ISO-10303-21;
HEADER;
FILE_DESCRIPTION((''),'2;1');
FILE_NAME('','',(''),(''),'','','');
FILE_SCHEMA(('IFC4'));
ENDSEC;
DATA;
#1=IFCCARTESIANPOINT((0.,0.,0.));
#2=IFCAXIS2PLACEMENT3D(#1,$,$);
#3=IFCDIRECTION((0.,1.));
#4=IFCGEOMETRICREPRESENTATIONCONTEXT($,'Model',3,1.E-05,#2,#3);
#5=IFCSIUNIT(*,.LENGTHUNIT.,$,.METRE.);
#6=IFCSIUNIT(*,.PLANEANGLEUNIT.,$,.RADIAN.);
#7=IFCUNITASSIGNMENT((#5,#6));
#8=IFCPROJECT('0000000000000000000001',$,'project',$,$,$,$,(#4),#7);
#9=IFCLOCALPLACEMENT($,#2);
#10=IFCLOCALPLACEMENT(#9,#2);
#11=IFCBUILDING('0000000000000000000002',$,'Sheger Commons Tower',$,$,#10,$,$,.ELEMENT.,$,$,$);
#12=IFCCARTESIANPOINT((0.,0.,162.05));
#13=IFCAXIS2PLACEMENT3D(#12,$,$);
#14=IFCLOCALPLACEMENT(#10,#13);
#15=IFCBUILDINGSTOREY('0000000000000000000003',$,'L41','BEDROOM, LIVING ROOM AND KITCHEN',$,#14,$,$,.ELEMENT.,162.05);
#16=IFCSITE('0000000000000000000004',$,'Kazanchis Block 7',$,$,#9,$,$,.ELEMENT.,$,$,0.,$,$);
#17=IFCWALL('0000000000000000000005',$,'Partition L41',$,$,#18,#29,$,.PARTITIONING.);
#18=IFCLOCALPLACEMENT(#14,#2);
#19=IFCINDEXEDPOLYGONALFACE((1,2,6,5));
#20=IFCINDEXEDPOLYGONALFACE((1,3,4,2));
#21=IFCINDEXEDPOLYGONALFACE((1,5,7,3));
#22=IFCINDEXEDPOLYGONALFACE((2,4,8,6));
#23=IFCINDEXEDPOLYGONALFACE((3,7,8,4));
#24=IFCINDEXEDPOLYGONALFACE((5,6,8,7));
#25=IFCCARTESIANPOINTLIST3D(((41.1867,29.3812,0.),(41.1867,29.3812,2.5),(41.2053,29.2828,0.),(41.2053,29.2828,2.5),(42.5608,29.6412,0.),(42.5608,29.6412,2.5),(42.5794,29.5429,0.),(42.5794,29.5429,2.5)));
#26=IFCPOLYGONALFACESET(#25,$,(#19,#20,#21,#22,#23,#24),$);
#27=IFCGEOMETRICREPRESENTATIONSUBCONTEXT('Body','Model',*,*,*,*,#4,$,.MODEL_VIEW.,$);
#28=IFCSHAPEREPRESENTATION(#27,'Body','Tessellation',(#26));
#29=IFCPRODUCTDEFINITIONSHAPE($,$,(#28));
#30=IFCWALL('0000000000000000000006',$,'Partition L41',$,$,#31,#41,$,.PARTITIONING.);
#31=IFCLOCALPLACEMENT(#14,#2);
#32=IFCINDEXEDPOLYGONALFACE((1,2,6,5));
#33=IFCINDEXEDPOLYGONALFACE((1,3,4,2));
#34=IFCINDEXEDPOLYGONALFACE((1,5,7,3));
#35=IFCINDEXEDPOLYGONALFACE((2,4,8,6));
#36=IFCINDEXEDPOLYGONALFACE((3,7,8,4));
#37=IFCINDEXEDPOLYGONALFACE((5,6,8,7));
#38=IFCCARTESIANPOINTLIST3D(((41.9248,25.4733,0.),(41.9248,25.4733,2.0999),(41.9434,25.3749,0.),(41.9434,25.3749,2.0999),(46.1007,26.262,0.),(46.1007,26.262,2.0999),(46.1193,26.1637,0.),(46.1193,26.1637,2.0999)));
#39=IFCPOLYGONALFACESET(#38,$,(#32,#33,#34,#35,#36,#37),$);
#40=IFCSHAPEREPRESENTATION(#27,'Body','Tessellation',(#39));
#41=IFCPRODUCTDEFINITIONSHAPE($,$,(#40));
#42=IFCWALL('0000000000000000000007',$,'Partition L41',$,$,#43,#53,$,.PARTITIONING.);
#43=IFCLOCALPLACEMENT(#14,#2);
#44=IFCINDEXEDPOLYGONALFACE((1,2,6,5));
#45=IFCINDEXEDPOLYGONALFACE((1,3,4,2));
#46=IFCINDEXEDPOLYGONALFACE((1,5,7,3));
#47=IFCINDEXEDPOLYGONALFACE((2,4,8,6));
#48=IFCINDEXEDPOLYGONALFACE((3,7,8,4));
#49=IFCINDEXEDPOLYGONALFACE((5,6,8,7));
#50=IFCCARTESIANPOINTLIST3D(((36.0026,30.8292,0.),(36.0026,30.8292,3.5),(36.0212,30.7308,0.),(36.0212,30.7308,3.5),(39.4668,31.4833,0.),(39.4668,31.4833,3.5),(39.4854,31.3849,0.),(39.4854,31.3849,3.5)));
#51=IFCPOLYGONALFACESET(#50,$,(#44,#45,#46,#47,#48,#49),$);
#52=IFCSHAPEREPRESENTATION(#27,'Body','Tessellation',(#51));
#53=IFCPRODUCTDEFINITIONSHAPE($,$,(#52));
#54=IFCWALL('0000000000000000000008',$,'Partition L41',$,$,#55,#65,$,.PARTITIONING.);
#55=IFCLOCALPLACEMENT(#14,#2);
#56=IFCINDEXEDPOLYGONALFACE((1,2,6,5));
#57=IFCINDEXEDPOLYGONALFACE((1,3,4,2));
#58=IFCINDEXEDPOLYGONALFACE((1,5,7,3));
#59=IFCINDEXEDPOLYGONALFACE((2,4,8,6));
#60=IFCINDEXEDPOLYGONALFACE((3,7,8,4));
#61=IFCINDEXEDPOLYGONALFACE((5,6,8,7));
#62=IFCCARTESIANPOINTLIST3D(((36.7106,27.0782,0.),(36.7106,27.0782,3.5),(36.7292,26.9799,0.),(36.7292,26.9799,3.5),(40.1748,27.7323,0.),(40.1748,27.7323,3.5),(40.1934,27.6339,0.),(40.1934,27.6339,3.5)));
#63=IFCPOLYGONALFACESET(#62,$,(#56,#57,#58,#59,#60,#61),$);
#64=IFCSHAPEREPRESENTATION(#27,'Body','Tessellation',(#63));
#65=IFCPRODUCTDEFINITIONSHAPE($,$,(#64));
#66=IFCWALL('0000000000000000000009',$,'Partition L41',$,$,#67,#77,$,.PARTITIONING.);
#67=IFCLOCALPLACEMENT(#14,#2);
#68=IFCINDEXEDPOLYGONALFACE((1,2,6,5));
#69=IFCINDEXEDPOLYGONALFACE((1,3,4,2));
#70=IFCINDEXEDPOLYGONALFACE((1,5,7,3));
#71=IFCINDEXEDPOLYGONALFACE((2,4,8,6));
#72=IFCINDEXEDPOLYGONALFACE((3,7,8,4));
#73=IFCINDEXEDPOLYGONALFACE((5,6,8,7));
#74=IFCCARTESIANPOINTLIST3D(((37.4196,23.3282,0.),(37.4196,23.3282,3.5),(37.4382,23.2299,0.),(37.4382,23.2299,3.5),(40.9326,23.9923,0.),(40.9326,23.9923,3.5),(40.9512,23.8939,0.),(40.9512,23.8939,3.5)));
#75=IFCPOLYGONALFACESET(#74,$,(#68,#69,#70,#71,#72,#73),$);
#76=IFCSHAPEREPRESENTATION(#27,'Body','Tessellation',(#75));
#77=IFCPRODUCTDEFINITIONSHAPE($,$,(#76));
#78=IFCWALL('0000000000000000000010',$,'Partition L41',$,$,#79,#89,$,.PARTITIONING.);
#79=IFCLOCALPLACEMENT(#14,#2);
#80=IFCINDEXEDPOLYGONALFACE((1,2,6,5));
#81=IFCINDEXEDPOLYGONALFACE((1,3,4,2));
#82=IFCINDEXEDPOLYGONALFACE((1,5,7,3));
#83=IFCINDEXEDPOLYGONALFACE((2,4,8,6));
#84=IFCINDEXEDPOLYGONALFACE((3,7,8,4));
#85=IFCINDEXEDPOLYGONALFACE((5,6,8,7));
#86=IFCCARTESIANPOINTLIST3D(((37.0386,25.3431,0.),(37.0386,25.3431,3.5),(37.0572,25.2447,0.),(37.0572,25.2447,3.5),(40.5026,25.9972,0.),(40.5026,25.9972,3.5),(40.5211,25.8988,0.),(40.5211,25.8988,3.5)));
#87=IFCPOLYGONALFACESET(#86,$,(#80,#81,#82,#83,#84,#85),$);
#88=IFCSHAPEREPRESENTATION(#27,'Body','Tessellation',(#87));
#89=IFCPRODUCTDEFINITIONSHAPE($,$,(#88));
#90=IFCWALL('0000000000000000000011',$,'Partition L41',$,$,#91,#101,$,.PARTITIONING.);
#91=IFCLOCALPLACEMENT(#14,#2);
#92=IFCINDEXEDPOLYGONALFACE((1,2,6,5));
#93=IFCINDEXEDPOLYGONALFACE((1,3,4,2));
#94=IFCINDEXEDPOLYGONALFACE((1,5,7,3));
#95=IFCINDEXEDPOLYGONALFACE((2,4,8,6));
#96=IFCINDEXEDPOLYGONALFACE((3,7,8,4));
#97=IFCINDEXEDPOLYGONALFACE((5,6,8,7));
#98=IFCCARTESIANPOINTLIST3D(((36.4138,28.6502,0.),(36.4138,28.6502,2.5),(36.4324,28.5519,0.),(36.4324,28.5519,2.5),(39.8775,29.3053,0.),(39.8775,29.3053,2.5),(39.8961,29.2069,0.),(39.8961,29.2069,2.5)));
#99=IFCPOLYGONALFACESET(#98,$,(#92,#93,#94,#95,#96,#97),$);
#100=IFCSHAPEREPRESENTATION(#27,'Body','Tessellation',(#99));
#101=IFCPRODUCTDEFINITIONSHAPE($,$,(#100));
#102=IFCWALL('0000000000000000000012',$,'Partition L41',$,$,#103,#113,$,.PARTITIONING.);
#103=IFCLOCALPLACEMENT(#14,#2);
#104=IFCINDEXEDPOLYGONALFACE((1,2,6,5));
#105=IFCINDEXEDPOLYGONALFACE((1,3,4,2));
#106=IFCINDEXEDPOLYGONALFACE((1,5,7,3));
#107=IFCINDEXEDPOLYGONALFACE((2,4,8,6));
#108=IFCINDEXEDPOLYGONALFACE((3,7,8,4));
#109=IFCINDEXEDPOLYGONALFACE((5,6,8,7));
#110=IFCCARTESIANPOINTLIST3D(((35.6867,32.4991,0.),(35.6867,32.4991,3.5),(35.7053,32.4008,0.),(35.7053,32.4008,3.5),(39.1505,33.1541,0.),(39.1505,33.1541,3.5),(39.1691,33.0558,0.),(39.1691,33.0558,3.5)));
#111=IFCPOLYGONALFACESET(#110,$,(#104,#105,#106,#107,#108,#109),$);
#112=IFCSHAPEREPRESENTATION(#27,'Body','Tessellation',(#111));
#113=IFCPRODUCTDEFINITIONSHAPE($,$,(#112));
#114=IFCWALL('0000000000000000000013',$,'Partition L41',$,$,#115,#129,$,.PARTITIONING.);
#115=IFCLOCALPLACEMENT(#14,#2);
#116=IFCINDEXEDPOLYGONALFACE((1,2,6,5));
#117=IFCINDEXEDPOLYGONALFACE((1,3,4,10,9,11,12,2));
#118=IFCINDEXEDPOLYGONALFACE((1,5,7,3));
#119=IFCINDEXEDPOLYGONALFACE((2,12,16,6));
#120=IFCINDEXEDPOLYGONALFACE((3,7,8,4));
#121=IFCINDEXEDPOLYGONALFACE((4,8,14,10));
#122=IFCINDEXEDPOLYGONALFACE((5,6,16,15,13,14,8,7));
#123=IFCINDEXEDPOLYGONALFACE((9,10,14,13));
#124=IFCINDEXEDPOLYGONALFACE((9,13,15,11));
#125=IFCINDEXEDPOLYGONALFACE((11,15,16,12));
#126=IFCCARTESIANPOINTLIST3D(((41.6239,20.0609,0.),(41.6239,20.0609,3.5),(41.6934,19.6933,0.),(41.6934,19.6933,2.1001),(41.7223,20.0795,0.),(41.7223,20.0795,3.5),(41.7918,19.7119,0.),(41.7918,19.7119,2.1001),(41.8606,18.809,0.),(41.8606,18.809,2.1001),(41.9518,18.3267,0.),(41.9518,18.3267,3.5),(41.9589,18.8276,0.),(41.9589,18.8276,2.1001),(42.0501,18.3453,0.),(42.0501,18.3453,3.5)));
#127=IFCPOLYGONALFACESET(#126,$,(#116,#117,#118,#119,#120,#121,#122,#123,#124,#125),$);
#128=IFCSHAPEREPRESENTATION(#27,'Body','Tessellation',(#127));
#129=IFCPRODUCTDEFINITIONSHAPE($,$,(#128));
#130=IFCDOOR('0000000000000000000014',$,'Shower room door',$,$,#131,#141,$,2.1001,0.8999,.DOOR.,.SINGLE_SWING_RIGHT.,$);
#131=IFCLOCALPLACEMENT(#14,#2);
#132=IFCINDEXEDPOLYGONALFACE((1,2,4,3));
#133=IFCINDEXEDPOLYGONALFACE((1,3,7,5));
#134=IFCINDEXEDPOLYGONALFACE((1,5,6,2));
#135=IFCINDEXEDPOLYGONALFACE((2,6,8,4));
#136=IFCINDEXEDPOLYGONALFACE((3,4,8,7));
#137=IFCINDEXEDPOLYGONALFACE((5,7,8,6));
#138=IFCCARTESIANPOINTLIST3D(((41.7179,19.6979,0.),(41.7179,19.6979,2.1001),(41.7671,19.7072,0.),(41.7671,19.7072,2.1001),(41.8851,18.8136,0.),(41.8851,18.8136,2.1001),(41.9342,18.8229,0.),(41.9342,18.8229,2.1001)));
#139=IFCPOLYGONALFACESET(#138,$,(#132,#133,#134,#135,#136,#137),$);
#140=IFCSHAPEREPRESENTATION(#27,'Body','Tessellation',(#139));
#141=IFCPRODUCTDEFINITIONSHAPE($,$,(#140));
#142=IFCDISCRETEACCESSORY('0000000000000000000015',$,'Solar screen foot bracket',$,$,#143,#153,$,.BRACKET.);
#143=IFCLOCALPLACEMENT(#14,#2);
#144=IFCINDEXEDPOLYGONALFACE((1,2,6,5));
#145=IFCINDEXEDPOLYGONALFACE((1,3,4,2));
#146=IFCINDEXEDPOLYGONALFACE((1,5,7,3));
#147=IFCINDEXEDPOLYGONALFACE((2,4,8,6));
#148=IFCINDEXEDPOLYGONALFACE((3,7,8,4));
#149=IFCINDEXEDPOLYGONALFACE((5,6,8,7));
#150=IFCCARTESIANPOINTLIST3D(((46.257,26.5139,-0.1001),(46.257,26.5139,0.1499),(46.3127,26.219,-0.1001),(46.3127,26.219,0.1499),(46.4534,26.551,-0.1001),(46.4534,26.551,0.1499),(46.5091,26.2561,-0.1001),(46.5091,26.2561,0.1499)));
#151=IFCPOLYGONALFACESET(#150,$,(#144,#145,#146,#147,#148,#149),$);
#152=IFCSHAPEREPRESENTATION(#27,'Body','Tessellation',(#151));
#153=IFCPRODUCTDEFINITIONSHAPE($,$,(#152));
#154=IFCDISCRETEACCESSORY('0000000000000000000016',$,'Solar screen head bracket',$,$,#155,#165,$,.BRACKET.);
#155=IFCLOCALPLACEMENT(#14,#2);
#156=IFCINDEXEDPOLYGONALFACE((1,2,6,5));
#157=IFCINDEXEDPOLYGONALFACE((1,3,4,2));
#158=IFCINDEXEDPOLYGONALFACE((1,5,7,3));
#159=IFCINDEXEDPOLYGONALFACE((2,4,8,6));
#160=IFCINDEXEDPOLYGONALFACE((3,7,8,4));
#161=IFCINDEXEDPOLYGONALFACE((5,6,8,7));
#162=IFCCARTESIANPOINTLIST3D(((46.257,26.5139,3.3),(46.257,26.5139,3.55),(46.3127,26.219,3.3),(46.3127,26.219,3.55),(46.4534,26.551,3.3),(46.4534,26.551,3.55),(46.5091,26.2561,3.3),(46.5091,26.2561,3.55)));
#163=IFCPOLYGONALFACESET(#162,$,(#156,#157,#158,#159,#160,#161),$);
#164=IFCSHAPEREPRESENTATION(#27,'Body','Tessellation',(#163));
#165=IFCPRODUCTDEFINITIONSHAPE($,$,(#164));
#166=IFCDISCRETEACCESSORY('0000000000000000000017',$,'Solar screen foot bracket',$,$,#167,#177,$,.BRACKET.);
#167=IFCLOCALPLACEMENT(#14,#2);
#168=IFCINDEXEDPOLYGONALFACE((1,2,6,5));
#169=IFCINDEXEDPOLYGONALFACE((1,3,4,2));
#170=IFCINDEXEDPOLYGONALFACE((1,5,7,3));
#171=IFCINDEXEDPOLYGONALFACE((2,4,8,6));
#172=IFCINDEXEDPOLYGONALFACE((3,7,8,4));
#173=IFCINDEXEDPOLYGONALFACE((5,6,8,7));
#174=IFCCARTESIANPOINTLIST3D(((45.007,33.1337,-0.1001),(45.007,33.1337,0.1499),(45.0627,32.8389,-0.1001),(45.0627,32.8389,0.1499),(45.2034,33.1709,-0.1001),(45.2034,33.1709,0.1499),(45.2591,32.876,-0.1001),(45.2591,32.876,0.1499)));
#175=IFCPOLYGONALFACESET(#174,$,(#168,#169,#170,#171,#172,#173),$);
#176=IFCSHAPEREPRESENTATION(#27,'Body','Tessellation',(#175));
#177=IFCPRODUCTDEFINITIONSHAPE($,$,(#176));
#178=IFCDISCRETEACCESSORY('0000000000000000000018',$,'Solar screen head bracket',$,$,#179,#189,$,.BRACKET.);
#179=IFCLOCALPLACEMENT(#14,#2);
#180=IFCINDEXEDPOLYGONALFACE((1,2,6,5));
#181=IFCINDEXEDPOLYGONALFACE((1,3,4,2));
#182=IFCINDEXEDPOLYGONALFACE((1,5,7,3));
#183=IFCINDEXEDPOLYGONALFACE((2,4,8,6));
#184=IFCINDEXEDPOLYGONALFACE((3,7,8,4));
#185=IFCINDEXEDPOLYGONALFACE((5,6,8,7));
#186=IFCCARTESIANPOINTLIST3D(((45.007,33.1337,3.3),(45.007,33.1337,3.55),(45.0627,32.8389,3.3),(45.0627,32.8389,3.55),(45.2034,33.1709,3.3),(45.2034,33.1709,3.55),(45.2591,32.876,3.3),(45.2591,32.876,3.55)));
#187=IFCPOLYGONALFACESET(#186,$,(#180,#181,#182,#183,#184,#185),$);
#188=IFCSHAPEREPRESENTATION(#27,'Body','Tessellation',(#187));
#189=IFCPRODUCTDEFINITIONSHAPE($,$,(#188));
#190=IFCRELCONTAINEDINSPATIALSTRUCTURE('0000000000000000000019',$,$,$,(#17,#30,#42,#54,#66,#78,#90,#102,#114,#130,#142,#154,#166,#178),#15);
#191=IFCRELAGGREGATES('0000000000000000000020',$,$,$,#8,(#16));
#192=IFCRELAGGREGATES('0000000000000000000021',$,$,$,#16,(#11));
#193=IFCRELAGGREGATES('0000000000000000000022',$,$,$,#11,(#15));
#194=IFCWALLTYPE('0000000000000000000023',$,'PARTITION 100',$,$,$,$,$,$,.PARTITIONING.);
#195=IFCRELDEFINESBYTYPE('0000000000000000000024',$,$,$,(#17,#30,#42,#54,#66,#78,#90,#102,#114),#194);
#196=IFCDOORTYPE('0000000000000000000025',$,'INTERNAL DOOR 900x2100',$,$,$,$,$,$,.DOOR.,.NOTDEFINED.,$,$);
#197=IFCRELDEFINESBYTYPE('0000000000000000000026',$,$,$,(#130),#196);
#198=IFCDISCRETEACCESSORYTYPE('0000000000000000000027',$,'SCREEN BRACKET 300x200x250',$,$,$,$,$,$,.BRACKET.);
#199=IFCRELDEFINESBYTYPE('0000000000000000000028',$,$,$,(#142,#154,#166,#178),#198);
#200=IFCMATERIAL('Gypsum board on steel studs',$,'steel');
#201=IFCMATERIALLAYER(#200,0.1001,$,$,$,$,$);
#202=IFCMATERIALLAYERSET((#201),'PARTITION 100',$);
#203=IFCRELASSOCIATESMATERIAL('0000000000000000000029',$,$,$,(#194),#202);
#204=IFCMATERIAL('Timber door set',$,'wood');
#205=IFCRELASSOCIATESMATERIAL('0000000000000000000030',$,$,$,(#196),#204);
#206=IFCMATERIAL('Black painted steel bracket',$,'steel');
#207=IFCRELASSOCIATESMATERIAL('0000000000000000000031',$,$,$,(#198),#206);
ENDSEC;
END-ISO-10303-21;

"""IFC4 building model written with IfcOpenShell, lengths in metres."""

from ifc_helpers import new_model, si_unit, direction, frame, frame_2d, origin, origin_2d, place, context, subcontext, project, spatial, rectangle, extrude, material, layer, layer_set, type_object, element, fill, save


model = new_model("IFC4")

# Units and contexts
model_context = context("Model", 3, precision=1e-05, world=origin(), true_north=direction((0.0, 1.0)))
body_context = subcontext(model_context, "Body", "Model", "MODEL_VIEW")
ifc_project = project(units=[si_unit("LENGTHUNIT", "METRE"), si_unit("PLANEANGLEUNIT", "RADIAN")], contexts=[model_context])

# Site, building, storey
site_placement = place(None, origin())
site = spatial("IfcSite", under=ifc_project, at=site_placement, Name="Kazanchis Block 7", CompositionType="ELEMENT", RefElevation=0.0)
building_placement = place(site_placement, origin())
building = spatial("IfcBuilding", under=site, at=building_placement, Name="Sheger Commons Tower", CompositionType="ELEMENT")
storey_placement = place(building_placement, frame((0.0, 0.0, 162.05)))
storey = spatial("IfcBuildingStorey", under=building, at=storey_placement, Name="L41", Description="BEDROOM, LIVING ROOM AND KITCHEN", CompositionType="ELEMENT", Elevation=162.05)

# Walls
ifc_material_1 = material(Name="Gypsum board on steel studs", Category="steel")
ifc_layer_1 = layer(ifc_material_1, 0.1001)
ifc_layer_set_1 = layer_set([ifc_layer_1], Name="PARTITION 100")
wall_type_1 = type_object("IfcWallType", Name="PARTITION 100", PredefinedType="PARTITIONING", material=ifc_layer_set_1)
wall_1_placement = place(storey_placement, frame((42.5701, 29.592, 0.0), z_axis=(0.0, 0.0, 1.0), x_axis=(-0.982562, -0.185933, 0.0)))
element("IfcWall", 1, at=wall_1_placement, inside=storey, type_object=wall_type_1, Name="Partition L41", PredefinedType="PARTITIONING", context=body_context, shape_type="SweptSolid", body=[
    extrude(rectangle(XDim=1.3984, YDim=0.1001, at=frame_2d((0.6992, 0.0))), origin(), (0.0, 0.0, 1.0), 2.5),
])
wall_2_placement = place(storey_placement, frame((46.1101, 26.2129, 0.0), z_axis=(0.0, 0.0, 1.0), x_axis=(-0.982624, -0.18561, 0.0)))
element("IfcWall", 2, at=wall_2_placement, inside=storey, type_object=wall_type_1, Name="Partition L41", PredefinedType="PARTITIONING", context=body_context, shape_type="SweptSolid", body=[
    extrude(rectangle(XDim=4.2498, YDim=0.1001, at=frame_2d((2.125, 0.0))), origin(), (0.0, 0.0, 1.0), 2.0999),
])
for number, where, z_axis, x_axis, name in (
    (3, (39.4761, 31.4341, 0.0), (0.0, 0.0, 1.0), (-0.982639, -0.18553, 0.0), "Partition L41"),
    (4, (40.1841, 27.6831, 0.0), (0.0, 0.0, 1.0), (-0.982639, -0.18553, 0.0), "Partition L41"),
):
    element("IfcWall", number, at=place(storey_placement, frame(where, z_axis=z_axis, x_axis=x_axis)), inside=storey, type_object=wall_type_1, Name=name, PredefinedType="PARTITIONING", context=body_context, shape_type="SweptSolid", body=[
        extrude(rectangle(XDim=3.5254, YDim=0.1001, at=frame_2d((1.7627, 0.0))), origin(), (0.0, 0.0, 1.0), 3.5),
    ])
wall_3_placement = place(storey_placement, frame((40.9419, 23.9431, 0.0), z_axis=(0.0, 0.0, 1.0), x_axis=(-0.982598, -0.185744, 0.0)))
element("IfcWall", 5, at=wall_3_placement, inside=storey, type_object=wall_type_1, Name="Partition L41", PredefinedType="PARTITIONING", context=body_context, shape_type="SweptSolid", body=[
    extrude(rectangle(XDim=3.5752, YDim=0.1001, at=frame_2d((1.7876, 0.0))), origin(), (0.0, 0.0, 1.0), 3.5),
])
wall_4_placement = place(storey_placement, frame((40.512, 25.948, 0.0), z_axis=(0.0, 0.0, 1.0), x_axis=(-0.982636, -0.185543, 0.0)))
element("IfcWall", 6, at=wall_4_placement, inside=storey, type_object=wall_type_1, Name="Partition L41", PredefinedType="PARTITIONING", context=body_context, shape_type="SweptSolid", body=[
    extrude(rectangle(XDim=3.5251, YDim=0.1001, at=frame_2d((1.7627, 0.0))), origin(), (0.0, 0.0, 1.0), 3.5),
])
wall_5_placement = place(storey_placement, frame((39.887, 29.2561, 0.0), z_axis=(0.0, 0.0, 1.0), x_axis=(-0.982586, -0.18581, 0.0)))
element("IfcWall", 7, at=wall_5_placement, inside=storey, type_object=wall_type_1, Name="Partition L41", PredefinedType="PARTITIONING", context=body_context, shape_type="SweptSolid", body=[
    extrude(rectangle(XDim=3.5251, YDim=0.1001, at=frame_2d((1.7627, 0.0))), origin(), (0.0, 0.0, 1.0), 2.5),
])
wall_6_placement = place(storey_placement, frame((39.1599, 33.105, 0.0), z_axis=(0.0, 0.0, 1.0), x_axis=(-0.982586, -0.18581, 0.0)))
element("IfcWall", 8, at=wall_6_placement, inside=storey, type_object=wall_type_1, Name="Partition L41", PredefinedType="PARTITIONING", context=body_context, shape_type="SweptSolid", body=[
    extrude(rectangle(XDim=3.5251, YDim=0.1001, at=frame_2d((1.7627, 0.0))), origin(), (0.0, 0.0, 1.0), 3.5),
])

# Wall, opening, door
wall_7_placement = place(storey_placement, frame((41.6731, 20.0701, 0.0), z_axis=(0.0, 0.0, 1.0), x_axis=(0.185783, -0.982591, 0.0)))
wall_7 = element("IfcWall", 9, at=wall_7_placement, inside=storey, type_object=wall_type_1, Name="Partition L41", PredefinedType="PARTITIONING", context=body_context, shape_type="SweptSolid", body=[
    extrude(rectangle(XDim=1.7649, YDim=0.1001, at=frame_2d((0.8823, 0.0))), origin(), (0.0, 0.0, 1.0), 3.5),
])
opening_placement = place(wall_7_placement, frame((0.374, 0.0, 0.0)))
opening = element("IfcOpeningElement", 10, at=opening_placement, cuts=wall_7, PredefinedType="OPENING", context=body_context, shape_type="SweptSolid", body=[
    extrude(rectangle(XDim=0.8999, YDim=2.1001, at=frame_2d((0.45, 1.05))), frame((0.0, 0.0601, 0.0), z_axis=(0.0, -1.0, 0.0), x_axis=(1.0, 0.0, 0.0)), (0.0, 0.0, 1.0), 0.1201),
])
ifc_material_2 = material(Name="Timber door set", Category="wood")
door_type = type_object("IfcDoorType", Name="INTERNAL DOOR 900x2100", OperationType="NOTDEFINED", PredefinedType="DOOR", material=ifc_material_2)
door_placement = place(opening_placement, origin())
door = element("IfcDoor", 11, at=door_placement, inside=storey, type_object=door_type, Name="Shower room door", OperationType="SINGLE_SWING_RIGHT", OverallHeight=2.1001, OverallWidth=0.8999, PredefinedType="DOOR", context=body_context, shape_type="SweptSolid", body=[
    extrude(rectangle(XDim=0.8999, YDim=2.1001, at=frame_2d((0.45, 1.05))), frame((0.0, 0.0249, 0.0), z_axis=(0.0, -1.0, 0.0), x_axis=(1.0, 0.0, 0.0)), (0.0, 0.0, 1.0), 0.05),
])
fill(opening, door)

# Discrete accessories
ifc_material_3 = material(Name="Black painted steel bracket", Category="steel")
discrete_accessory_type = type_object("IfcDiscreteAccessoryType", Name="SCREEN BRACKET 300x200x250", PredefinedType="BRACKET", material=ifc_material_3)
for number, where, z_axis, x_axis, name in (
    (12, (46.3831, 26.385, -0.1001), (0.0, 0.0, 1.0), (-0.185615, 0.982623, 0.0), "Solar screen foot bracket"),
    (13, (46.3831, 26.385, 3.3), (0.0, 0.0, 1.0), (-0.185615, 0.982623, 0.0), "Solar screen head bracket"),
    (14, (45.1331, 33.0049, -0.1001), (0.0, 0.0, 1.0), (-0.185615, 0.982623, 0.0), "Solar screen foot bracket"),
    (15, (45.1331, 33.0049, 3.3), (0.0, 0.0, 1.0), (-0.185615, 0.982623, 0.0), "Solar screen head bracket"),
):
    element("IfcDiscreteAccessory", number, at=place(storey_placement, frame(where, z_axis=z_axis, x_axis=x_axis)), inside=storey, type_object=discrete_accessory_type, Name=name, PredefinedType="BRACKET", context=body_context, shape_type="SweptSolid", body=[
        extrude(rectangle(XDim=0.3, YDim=0.2, at=origin_2d()), origin(), (0.0, 0.0, 1.0), 0.25),
    ])

save(model, "model.ifc")
